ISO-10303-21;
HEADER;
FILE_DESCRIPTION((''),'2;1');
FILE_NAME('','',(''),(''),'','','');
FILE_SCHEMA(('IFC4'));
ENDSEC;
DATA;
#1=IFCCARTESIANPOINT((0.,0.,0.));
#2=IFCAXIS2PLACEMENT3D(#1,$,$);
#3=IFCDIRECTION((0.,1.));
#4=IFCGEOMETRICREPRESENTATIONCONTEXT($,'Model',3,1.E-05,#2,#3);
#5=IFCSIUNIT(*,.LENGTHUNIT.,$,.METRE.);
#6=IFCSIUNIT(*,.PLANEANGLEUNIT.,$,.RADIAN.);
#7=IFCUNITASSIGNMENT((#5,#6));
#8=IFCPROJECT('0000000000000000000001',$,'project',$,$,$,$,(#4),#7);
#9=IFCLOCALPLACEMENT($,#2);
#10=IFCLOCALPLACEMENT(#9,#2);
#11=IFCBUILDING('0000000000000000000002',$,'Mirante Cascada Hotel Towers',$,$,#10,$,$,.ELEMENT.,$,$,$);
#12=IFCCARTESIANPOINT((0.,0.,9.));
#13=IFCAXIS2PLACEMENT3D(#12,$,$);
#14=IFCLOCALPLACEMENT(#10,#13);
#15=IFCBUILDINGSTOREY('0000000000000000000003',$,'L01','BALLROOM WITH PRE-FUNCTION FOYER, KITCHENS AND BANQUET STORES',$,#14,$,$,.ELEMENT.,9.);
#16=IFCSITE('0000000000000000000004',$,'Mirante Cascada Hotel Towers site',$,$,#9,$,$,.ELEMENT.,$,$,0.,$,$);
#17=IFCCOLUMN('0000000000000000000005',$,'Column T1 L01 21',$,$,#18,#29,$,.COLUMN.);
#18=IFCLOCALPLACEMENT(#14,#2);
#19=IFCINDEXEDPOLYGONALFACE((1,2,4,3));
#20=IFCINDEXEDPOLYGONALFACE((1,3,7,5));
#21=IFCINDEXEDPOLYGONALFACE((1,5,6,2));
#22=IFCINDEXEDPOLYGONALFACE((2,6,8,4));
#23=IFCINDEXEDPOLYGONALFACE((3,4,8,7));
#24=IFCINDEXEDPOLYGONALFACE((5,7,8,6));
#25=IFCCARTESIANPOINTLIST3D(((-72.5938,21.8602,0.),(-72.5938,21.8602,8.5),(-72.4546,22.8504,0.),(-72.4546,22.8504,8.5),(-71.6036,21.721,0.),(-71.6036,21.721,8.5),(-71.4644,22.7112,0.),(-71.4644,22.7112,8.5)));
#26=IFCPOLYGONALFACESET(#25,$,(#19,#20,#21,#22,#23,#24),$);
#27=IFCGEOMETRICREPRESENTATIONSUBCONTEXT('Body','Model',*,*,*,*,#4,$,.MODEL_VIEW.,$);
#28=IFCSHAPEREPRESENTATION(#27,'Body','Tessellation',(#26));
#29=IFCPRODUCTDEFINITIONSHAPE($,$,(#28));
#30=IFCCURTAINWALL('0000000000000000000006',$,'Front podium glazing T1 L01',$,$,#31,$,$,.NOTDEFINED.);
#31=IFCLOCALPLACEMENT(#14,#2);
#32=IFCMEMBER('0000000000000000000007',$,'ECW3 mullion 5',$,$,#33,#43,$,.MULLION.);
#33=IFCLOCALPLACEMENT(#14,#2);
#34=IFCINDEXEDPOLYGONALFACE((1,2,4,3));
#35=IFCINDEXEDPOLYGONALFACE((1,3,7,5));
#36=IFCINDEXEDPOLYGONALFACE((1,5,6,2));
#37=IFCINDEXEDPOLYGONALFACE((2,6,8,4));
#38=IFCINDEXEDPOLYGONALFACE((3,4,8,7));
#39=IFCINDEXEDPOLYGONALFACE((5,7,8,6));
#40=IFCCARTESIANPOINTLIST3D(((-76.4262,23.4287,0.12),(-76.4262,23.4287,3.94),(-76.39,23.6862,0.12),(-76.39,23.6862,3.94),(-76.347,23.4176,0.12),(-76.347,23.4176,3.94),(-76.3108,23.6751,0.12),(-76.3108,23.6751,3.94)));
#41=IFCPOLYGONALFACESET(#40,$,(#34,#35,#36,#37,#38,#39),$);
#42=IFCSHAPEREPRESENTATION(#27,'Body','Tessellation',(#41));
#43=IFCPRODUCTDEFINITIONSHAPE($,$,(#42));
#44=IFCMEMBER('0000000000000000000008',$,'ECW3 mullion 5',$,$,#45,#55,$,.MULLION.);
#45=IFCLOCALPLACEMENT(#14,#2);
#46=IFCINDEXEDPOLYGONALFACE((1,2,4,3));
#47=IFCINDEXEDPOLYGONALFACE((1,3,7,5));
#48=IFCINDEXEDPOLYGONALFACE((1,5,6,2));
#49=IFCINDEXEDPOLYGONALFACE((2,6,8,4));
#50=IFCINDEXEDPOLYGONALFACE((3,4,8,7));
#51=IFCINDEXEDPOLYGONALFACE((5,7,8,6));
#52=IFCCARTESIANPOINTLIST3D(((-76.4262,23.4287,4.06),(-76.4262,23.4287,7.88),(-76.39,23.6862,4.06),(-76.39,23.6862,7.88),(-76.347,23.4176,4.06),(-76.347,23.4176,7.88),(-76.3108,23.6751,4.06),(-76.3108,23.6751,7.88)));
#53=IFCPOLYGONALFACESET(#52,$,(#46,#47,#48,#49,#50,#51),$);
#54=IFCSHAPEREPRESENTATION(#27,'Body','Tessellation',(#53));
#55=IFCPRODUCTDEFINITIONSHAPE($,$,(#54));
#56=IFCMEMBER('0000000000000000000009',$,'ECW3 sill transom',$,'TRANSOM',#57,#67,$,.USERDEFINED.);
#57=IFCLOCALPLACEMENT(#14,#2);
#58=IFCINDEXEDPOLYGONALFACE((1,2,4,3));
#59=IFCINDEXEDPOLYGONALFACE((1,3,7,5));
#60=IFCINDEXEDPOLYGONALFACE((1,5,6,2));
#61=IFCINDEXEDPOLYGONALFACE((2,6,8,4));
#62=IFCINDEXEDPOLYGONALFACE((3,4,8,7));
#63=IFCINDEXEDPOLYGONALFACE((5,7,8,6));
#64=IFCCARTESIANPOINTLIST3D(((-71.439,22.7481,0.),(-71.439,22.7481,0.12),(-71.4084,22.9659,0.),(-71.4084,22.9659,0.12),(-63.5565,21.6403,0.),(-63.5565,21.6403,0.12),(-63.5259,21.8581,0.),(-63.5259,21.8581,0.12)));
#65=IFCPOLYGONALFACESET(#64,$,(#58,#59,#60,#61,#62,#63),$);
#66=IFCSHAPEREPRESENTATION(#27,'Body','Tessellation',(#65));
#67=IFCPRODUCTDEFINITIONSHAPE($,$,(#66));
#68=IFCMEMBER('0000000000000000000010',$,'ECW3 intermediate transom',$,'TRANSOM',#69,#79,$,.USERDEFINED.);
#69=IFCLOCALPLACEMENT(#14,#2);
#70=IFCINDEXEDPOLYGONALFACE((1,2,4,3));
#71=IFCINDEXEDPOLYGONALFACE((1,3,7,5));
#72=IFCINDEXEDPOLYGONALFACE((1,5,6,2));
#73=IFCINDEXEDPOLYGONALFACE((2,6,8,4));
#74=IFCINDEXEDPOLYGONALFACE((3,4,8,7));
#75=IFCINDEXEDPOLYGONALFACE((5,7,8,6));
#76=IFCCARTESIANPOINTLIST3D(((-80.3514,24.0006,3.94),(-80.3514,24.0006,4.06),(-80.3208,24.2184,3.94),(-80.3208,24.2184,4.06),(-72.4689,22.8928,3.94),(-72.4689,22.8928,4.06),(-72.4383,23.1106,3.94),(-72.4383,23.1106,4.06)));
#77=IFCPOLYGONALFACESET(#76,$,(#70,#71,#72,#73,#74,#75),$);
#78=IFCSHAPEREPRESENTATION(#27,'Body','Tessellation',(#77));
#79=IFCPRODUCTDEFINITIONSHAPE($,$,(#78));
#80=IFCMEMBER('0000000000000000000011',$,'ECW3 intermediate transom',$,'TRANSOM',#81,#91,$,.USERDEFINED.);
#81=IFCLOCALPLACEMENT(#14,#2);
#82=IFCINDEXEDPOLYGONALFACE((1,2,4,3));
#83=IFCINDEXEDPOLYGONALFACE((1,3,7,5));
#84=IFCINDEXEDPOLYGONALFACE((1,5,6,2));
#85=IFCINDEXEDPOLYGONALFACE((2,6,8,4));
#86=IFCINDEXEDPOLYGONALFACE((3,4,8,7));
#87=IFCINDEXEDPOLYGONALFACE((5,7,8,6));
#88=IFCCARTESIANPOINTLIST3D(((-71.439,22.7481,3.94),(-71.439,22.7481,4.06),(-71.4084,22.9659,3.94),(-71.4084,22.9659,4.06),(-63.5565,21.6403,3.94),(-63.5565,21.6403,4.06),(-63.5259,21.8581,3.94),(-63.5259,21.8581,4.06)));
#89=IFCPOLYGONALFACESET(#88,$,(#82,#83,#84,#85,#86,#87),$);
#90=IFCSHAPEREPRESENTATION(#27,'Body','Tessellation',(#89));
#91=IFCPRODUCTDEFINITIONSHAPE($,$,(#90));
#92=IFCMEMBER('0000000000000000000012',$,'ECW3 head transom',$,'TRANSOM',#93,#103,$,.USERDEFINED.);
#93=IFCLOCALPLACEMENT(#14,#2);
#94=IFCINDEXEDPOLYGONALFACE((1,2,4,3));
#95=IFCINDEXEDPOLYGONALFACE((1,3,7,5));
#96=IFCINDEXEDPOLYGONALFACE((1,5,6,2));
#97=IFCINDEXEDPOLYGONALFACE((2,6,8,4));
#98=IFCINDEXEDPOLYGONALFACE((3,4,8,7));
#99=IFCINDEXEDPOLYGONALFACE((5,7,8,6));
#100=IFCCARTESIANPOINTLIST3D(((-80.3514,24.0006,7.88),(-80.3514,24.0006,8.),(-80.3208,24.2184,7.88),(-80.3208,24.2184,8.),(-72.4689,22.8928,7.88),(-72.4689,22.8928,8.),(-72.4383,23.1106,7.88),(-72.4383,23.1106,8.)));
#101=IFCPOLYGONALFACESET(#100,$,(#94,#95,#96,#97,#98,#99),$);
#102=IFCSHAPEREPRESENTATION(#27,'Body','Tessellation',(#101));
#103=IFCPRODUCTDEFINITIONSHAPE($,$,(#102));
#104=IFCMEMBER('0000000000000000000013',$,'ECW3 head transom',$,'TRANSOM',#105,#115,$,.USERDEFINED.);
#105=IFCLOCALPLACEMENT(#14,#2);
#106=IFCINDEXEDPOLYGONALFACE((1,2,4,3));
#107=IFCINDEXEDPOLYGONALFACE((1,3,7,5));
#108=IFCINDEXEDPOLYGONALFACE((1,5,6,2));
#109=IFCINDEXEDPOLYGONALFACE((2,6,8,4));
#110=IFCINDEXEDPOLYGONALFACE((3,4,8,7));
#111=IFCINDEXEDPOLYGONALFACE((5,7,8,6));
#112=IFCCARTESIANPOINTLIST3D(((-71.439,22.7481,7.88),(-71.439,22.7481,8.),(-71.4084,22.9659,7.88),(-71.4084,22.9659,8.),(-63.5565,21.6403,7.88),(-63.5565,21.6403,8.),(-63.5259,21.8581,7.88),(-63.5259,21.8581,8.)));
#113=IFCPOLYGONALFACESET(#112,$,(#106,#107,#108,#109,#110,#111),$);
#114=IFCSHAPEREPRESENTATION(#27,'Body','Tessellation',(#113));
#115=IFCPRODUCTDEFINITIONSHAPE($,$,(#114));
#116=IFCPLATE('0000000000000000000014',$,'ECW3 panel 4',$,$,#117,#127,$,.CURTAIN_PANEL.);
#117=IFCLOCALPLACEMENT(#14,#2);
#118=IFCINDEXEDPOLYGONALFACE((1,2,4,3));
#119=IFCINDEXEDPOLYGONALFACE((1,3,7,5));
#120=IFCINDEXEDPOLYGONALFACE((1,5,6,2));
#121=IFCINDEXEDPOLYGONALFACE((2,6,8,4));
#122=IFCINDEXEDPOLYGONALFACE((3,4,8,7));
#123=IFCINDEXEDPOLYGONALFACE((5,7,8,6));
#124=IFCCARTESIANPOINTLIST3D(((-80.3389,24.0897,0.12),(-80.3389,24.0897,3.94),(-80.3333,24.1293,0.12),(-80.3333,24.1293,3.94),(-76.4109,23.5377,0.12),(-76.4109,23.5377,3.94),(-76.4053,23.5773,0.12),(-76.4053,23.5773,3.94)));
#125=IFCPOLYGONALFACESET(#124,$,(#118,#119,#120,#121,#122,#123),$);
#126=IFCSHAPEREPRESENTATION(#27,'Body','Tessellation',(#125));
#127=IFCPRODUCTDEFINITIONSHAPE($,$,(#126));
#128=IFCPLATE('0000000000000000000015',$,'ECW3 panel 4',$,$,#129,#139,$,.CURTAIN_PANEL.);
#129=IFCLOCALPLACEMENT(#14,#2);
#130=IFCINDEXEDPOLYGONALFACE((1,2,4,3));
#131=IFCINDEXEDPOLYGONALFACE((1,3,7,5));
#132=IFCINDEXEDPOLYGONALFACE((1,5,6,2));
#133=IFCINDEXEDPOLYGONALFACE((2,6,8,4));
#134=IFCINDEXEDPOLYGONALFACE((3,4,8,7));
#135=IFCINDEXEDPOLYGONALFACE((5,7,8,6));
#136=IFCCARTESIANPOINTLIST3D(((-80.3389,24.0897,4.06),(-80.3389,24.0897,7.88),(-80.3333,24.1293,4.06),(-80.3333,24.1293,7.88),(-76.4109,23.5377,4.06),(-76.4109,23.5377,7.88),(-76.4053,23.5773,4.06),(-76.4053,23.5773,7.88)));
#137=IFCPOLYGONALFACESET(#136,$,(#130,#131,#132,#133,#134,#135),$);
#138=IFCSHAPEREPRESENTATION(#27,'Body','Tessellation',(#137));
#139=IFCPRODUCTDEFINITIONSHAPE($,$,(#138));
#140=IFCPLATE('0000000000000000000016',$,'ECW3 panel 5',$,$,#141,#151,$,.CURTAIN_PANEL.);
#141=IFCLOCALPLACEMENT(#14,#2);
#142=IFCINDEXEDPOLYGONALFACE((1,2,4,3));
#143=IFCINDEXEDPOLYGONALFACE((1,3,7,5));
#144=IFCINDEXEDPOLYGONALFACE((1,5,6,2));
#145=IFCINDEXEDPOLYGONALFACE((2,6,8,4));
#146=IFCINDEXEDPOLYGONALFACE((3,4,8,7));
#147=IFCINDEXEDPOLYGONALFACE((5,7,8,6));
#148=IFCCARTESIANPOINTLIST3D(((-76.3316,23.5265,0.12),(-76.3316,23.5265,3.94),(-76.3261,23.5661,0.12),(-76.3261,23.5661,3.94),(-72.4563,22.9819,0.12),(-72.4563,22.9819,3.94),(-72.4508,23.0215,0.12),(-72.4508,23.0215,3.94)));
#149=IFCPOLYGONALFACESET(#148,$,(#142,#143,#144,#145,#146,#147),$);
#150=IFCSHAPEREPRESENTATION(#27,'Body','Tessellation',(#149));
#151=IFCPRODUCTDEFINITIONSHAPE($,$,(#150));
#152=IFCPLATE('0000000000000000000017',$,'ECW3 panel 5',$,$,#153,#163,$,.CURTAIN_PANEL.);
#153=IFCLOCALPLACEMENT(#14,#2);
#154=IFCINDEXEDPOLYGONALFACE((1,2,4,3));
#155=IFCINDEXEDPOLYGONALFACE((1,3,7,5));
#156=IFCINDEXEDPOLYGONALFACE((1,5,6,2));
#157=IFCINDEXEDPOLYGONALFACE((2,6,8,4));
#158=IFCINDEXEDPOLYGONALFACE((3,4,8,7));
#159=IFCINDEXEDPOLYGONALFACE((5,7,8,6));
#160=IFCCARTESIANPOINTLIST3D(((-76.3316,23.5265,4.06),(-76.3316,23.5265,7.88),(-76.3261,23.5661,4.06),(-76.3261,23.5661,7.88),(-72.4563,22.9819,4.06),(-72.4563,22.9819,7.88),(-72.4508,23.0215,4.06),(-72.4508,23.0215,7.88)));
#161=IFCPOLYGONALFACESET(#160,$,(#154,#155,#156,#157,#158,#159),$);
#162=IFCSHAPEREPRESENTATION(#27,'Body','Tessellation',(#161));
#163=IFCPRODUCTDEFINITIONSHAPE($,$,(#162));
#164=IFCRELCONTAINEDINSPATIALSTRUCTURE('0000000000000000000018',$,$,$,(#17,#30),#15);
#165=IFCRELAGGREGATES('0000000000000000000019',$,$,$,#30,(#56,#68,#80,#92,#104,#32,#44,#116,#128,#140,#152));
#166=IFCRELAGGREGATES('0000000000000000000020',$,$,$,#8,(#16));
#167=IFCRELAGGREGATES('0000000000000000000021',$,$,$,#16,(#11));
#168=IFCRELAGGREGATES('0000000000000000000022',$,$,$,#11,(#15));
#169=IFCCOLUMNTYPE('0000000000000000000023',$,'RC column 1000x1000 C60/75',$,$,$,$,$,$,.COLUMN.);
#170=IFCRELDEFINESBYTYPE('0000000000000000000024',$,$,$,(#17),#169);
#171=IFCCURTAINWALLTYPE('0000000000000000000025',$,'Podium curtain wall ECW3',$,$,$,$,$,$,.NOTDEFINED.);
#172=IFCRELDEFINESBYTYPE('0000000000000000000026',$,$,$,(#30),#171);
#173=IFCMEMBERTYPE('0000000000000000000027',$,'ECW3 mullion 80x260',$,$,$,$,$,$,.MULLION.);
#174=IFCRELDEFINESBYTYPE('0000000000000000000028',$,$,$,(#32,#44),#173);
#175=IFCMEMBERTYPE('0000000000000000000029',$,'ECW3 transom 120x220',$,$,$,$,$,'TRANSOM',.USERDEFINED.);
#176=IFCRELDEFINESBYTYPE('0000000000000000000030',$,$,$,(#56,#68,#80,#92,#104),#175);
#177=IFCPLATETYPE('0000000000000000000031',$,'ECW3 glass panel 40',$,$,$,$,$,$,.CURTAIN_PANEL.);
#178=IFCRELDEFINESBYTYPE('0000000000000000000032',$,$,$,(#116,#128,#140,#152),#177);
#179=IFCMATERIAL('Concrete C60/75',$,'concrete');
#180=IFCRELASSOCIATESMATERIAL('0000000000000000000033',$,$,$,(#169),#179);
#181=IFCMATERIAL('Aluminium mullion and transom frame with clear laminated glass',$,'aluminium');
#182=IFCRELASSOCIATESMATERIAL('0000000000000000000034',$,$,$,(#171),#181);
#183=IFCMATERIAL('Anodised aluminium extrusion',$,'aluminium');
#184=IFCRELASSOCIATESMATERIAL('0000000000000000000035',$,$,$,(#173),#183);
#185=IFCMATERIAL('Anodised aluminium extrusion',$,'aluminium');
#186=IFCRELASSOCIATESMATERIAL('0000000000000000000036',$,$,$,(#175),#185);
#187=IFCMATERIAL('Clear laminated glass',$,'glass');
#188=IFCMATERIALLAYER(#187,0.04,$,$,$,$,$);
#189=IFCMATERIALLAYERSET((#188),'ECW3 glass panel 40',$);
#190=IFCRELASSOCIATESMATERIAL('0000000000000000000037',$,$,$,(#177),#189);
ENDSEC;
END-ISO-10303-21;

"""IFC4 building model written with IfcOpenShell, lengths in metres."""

from ifc_helpers import new_model, si_unit, direction, frame, origin, origin_2d, place, context, subcontext, project, spatial, rectangle, extrude, material, layer, layer_set, material_profile, profile_set, type_object, element, aggregate, save


model = new_model("IFC4")

# Units and contexts
model_context = context("Model", 3, precision=1e-05, world=origin(), true_north=direction((0.0, 1.0)))
body_context = subcontext(model_context, "Body", "Model", "MODEL_VIEW")
ifc_project = project(units=[si_unit("LENGTHUNIT", "METRE"), si_unit("PLANEANGLEUNIT", "RADIAN")], contexts=[model_context])

# Site, building, storey
site_placement = place(None, origin())
site = spatial("IfcSite", under=ifc_project, at=site_placement, Name="Mirante Cascada Hotel Towers site", CompositionType="ELEMENT", RefElevation=0.0)
building_placement = place(site_placement, origin())
building = spatial("IfcBuilding", under=site, at=building_placement, Name="Mirante Cascada Hotel Towers", CompositionType="ELEMENT")
storey_placement = place(building_placement, frame((0.0, 0.0, 9.0)))
storey = spatial("IfcBuildingStorey", under=building, at=storey_placement, Name="L01", Description="BALLROOM WITH PRE-FUNCTION FOYER, KITCHENS AND BANQUET STORES", CompositionType="ELEMENT", Elevation=9.0)

# Column
ifc_material_1 = material(Name="Concrete C60/75", Category="concrete")
ifc_material_profile_1 = material_profile(ifc_material_1, rectangle(XDim=1.0, YDim=1.0, at=origin_2d()), Name="RC column 1000x1000 C60/75")
ifc_profile_set_1 = profile_set([ifc_material_profile_1], Name="Concrete C60/75")
column_type = type_object("IfcColumnType", Name="RC column 1000x1000 C60/75", PredefinedType="COLUMN", material=ifc_profile_set_1)
column_placement = place(storey_placement, frame((-72.0291, 22.2857, 0.0), z_axis=(0.0, 0.0, 1.0), x_axis=(-0.990268, 0.139173, 0.0)))
element("IfcColumn", 1, at=column_placement, inside=storey, type_object=column_type, Name="Column T1 L01 21", PredefinedType="COLUMN", context=body_context, shape_type="SweptSolid", body=[
    extrude(rectangle(XDim=1.0, YDim=1.0, at=origin_2d()), origin(), (0.0, 0.0, 1.0), 8.5),
])

# Curtain wall, members, plates
ifc_material_2 = material(Name="Aluminium mullion and transom frame with clear laminated glass", Category="aluminium")
curtain_wall_type = type_object("IfcCurtainWallType", Name="Podium curtain wall ECW3", PredefinedType="NOTDEFINED", material=ifc_material_2)
curtain_wall_placement = place(storey_placement, origin())
curtain_wall = element("IfcCurtainWall", 2, at=curtain_wall_placement, inside=storey, type_object=curtain_wall_type, Name="Front podium glazing T1 L01", PredefinedType="NOTDEFINED")
ifc_material_3 = material(Name="Anodised aluminium extrusion", Category="aluminium")
ifc_material_profile_2 = material_profile(ifc_material_3, rectangle(XDim=0.26, YDim=0.08, at=origin_2d()), Name="ECW3 MULLION 80x260")
ifc_profile_set_2 = profile_set([ifc_material_profile_2], Name="Anodised aluminium extrusion")
member_type_1 = type_object("IfcMemberType", Name="ECW3 mullion 80x260", PredefinedType="MULLION", material=ifc_profile_set_2)
member_1_placement = place(storey_placement, frame((-76.3685, 23.5519, 0.12), z_axis=(0.0, 0.0, 1.0), x_axis=(0.139173, 0.990268, 0.0)))
member_1 = element("IfcMember", 3, at=member_1_placement, type_object=member_type_1, Name="ECW3 mullion 5", PredefinedType="MULLION", context=body_context, shape_type="SweptSolid", body=[
    extrude(rectangle(XDim=0.26, YDim=0.08, at=origin_2d()), origin(), (0.0, 0.0, 1.0), 3.82),
])
member_2_placement = place(storey_placement, frame((-76.3685, 23.5519, 4.06), z_axis=(0.0, 0.0, 1.0), x_axis=(0.139173, 0.990268, 0.0)))
member_2 = element("IfcMember", 4, at=member_2_placement, type_object=member_type_1, Name="ECW3 mullion 5", PredefinedType="MULLION", context=body_context, shape_type="SweptSolid", body=[
    extrude(rectangle(XDim=0.26, YDim=0.08, at=origin_2d()), origin(), (0.0, 0.0, 1.0), 3.82),
])
ifc_material_4 = material(Name="Anodised aluminium extrusion", Category="aluminium")
ifc_material_profile_3 = material_profile(ifc_material_4, rectangle(XDim=0.22, YDim=0.12, at=origin_2d()), Name="ECW3 TRANSOM 120x220")
ifc_profile_set_3 = profile_set([ifc_material_profile_3], Name="Anodised aluminium extrusion")
member_type_2 = type_object("IfcMemberType", Name="ECW3 transom 120x220", ElementType="TRANSOM", PredefinedType="USERDEFINED", material=ifc_profile_set_3)
member_3_placement = place(storey_placement, frame((-71.4237, 22.857, 0.06), z_axis=(0.990268, -0.139172, 0.0), x_axis=(0.139172, 0.990268, 0.0)))
member_3 = element("IfcMember", 5, at=member_3_placement, type_object=member_type_2, Name="ECW3 sill transom", ObjectType="TRANSOM", PredefinedType="USERDEFINED", context=body_context, shape_type="SweptSolid", body=[
    extrude(rectangle(XDim=0.22, YDim=0.12, at=origin_2d()), origin(), (0.0, 0.0, 1.0), 7.96),
])
member_4_placement = place(storey_placement, frame((-80.3361, 24.1095, 4.0), z_axis=(0.990268, -0.139172, 0.0), x_axis=(0.139172, 0.990268, 0.0)))
member_4 = element("IfcMember", 6, at=member_4_placement, type_object=member_type_2, Name="ECW3 intermediate transom", ObjectType="TRANSOM", PredefinedType="USERDEFINED", context=body_context, shape_type="SweptSolid", body=[
    extrude(rectangle(XDim=0.22, YDim=0.12, at=origin_2d()), origin(), (0.0, 0.0, 1.0), 7.96),
])
member_5_placement = place(storey_placement, frame((-71.4237, 22.857, 4.0), z_axis=(0.990268, -0.139172, 0.0), x_axis=(0.139172, 0.990268, 0.0)))
member_5 = element("IfcMember", 7, at=member_5_placement, type_object=member_type_2, Name="ECW3 intermediate transom", ObjectType="TRANSOM", PredefinedType="USERDEFINED", context=body_context, shape_type="SweptSolid", body=[
    extrude(rectangle(XDim=0.22, YDim=0.12, at=origin_2d()), origin(), (0.0, 0.0, 1.0), 7.96),
])
member_6_placement = place(storey_placement, frame((-80.3361, 24.1095, 7.94), z_axis=(0.990268, -0.139172, 0.0), x_axis=(0.139172, 0.990268, 0.0)))
member_6 = element("IfcMember", 8, at=member_6_placement, type_object=member_type_2, Name="ECW3 head transom", ObjectType="TRANSOM", PredefinedType="USERDEFINED", context=body_context, shape_type="SweptSolid", body=[
    extrude(rectangle(XDim=0.22, YDim=0.12, at=origin_2d()), origin(), (0.0, 0.0, 1.0), 7.96),
])
member_7_placement = place(storey_placement, frame((-71.4237, 22.857, 7.94), z_axis=(0.990268, -0.139172, 0.0), x_axis=(0.139172, 0.990268, 0.0)))
member_7 = element("IfcMember", 9, at=member_7_placement, type_object=member_type_2, Name="ECW3 head transom", ObjectType="TRANSOM", PredefinedType="USERDEFINED", context=body_context, shape_type="SweptSolid", body=[
    extrude(rectangle(XDim=0.22, YDim=0.12, at=origin_2d()), origin(), (0.0, 0.0, 1.0), 7.96),
])
ifc_material_5 = material(Name="Clear laminated glass", Category="glass")
ifc_layer_1 = layer(ifc_material_5, 0.04)
ifc_layer_set_1 = layer_set([ifc_layer_1], Name="ECW3 glass panel 40")
plate_type = type_object("IfcPlateType", Name="ECW3 glass panel 40", PredefinedType="CURTAIN_PANEL", material=ifc_layer_set_1)
plate_1_placement = place(storey_placement, frame((-78.3721, 23.8335, 0.12), z_axis=(0.0, 0.0, 1.0), x_axis=(0.990268, -0.139173, 0.0)))
plate_1 = element("IfcPlate", 10, at=plate_1_placement, type_object=plate_type, Name="ECW3 panel 4", PredefinedType="CURTAIN_PANEL", context=body_context, shape_type="SweptSolid", body=[
    extrude(rectangle(XDim=3.9666, YDim=0.04, at=origin_2d()), origin(), (0.0, 0.0, 1.0), 3.82),
])
plate_2_placement = place(storey_placement, frame((-78.3721, 23.8335, 4.06), z_axis=(0.0, 0.0, 1.0), x_axis=(0.990268, -0.139173, 0.0)))
plate_2 = element("IfcPlate", 11, at=plate_2_placement, type_object=plate_type, Name="ECW3 panel 4", PredefinedType="CURTAIN_PANEL", context=body_context, shape_type="SweptSolid", body=[
    extrude(rectangle(XDim=3.9666, YDim=0.04, at=origin_2d()), origin(), (0.0, 0.0, 1.0), 3.82),
])
plate_3_placement = place(storey_placement, frame((-74.3912, 23.274, 0.12), z_axis=(0.0, 0.0, 1.0), x_axis=(0.990268, -0.139173, 0.0)))
plate_3 = element("IfcPlate", 12, at=plate_3_placement, type_object=plate_type, Name="ECW3 panel 5", PredefinedType="CURTAIN_PANEL", context=body_context, shape_type="SweptSolid", body=[
    extrude(rectangle(XDim=3.9134, YDim=0.04, at=origin_2d()), origin(), (0.0, 0.0, 1.0), 3.82),
])
plate_4_placement = place(storey_placement, frame((-74.3912, 23.274, 4.06), z_axis=(0.0, 0.0, 1.0), x_axis=(0.990268, -0.139173, 0.0)))
plate_4 = element("IfcPlate", 13, at=plate_4_placement, type_object=plate_type, Name="ECW3 panel 5", PredefinedType="CURTAIN_PANEL", context=body_context, shape_type="SweptSolid", body=[
    extrude(rectangle(XDim=3.9134, YDim=0.04, at=origin_2d()), origin(), (0.0, 0.0, 1.0), 3.82),
])
aggregate(curtain_wall, [member_3, member_4, member_5, member_6, member_7, member_1, member_2, plate_1, plate_2, plate_3, plate_4])

save(model, "model.ifc")
